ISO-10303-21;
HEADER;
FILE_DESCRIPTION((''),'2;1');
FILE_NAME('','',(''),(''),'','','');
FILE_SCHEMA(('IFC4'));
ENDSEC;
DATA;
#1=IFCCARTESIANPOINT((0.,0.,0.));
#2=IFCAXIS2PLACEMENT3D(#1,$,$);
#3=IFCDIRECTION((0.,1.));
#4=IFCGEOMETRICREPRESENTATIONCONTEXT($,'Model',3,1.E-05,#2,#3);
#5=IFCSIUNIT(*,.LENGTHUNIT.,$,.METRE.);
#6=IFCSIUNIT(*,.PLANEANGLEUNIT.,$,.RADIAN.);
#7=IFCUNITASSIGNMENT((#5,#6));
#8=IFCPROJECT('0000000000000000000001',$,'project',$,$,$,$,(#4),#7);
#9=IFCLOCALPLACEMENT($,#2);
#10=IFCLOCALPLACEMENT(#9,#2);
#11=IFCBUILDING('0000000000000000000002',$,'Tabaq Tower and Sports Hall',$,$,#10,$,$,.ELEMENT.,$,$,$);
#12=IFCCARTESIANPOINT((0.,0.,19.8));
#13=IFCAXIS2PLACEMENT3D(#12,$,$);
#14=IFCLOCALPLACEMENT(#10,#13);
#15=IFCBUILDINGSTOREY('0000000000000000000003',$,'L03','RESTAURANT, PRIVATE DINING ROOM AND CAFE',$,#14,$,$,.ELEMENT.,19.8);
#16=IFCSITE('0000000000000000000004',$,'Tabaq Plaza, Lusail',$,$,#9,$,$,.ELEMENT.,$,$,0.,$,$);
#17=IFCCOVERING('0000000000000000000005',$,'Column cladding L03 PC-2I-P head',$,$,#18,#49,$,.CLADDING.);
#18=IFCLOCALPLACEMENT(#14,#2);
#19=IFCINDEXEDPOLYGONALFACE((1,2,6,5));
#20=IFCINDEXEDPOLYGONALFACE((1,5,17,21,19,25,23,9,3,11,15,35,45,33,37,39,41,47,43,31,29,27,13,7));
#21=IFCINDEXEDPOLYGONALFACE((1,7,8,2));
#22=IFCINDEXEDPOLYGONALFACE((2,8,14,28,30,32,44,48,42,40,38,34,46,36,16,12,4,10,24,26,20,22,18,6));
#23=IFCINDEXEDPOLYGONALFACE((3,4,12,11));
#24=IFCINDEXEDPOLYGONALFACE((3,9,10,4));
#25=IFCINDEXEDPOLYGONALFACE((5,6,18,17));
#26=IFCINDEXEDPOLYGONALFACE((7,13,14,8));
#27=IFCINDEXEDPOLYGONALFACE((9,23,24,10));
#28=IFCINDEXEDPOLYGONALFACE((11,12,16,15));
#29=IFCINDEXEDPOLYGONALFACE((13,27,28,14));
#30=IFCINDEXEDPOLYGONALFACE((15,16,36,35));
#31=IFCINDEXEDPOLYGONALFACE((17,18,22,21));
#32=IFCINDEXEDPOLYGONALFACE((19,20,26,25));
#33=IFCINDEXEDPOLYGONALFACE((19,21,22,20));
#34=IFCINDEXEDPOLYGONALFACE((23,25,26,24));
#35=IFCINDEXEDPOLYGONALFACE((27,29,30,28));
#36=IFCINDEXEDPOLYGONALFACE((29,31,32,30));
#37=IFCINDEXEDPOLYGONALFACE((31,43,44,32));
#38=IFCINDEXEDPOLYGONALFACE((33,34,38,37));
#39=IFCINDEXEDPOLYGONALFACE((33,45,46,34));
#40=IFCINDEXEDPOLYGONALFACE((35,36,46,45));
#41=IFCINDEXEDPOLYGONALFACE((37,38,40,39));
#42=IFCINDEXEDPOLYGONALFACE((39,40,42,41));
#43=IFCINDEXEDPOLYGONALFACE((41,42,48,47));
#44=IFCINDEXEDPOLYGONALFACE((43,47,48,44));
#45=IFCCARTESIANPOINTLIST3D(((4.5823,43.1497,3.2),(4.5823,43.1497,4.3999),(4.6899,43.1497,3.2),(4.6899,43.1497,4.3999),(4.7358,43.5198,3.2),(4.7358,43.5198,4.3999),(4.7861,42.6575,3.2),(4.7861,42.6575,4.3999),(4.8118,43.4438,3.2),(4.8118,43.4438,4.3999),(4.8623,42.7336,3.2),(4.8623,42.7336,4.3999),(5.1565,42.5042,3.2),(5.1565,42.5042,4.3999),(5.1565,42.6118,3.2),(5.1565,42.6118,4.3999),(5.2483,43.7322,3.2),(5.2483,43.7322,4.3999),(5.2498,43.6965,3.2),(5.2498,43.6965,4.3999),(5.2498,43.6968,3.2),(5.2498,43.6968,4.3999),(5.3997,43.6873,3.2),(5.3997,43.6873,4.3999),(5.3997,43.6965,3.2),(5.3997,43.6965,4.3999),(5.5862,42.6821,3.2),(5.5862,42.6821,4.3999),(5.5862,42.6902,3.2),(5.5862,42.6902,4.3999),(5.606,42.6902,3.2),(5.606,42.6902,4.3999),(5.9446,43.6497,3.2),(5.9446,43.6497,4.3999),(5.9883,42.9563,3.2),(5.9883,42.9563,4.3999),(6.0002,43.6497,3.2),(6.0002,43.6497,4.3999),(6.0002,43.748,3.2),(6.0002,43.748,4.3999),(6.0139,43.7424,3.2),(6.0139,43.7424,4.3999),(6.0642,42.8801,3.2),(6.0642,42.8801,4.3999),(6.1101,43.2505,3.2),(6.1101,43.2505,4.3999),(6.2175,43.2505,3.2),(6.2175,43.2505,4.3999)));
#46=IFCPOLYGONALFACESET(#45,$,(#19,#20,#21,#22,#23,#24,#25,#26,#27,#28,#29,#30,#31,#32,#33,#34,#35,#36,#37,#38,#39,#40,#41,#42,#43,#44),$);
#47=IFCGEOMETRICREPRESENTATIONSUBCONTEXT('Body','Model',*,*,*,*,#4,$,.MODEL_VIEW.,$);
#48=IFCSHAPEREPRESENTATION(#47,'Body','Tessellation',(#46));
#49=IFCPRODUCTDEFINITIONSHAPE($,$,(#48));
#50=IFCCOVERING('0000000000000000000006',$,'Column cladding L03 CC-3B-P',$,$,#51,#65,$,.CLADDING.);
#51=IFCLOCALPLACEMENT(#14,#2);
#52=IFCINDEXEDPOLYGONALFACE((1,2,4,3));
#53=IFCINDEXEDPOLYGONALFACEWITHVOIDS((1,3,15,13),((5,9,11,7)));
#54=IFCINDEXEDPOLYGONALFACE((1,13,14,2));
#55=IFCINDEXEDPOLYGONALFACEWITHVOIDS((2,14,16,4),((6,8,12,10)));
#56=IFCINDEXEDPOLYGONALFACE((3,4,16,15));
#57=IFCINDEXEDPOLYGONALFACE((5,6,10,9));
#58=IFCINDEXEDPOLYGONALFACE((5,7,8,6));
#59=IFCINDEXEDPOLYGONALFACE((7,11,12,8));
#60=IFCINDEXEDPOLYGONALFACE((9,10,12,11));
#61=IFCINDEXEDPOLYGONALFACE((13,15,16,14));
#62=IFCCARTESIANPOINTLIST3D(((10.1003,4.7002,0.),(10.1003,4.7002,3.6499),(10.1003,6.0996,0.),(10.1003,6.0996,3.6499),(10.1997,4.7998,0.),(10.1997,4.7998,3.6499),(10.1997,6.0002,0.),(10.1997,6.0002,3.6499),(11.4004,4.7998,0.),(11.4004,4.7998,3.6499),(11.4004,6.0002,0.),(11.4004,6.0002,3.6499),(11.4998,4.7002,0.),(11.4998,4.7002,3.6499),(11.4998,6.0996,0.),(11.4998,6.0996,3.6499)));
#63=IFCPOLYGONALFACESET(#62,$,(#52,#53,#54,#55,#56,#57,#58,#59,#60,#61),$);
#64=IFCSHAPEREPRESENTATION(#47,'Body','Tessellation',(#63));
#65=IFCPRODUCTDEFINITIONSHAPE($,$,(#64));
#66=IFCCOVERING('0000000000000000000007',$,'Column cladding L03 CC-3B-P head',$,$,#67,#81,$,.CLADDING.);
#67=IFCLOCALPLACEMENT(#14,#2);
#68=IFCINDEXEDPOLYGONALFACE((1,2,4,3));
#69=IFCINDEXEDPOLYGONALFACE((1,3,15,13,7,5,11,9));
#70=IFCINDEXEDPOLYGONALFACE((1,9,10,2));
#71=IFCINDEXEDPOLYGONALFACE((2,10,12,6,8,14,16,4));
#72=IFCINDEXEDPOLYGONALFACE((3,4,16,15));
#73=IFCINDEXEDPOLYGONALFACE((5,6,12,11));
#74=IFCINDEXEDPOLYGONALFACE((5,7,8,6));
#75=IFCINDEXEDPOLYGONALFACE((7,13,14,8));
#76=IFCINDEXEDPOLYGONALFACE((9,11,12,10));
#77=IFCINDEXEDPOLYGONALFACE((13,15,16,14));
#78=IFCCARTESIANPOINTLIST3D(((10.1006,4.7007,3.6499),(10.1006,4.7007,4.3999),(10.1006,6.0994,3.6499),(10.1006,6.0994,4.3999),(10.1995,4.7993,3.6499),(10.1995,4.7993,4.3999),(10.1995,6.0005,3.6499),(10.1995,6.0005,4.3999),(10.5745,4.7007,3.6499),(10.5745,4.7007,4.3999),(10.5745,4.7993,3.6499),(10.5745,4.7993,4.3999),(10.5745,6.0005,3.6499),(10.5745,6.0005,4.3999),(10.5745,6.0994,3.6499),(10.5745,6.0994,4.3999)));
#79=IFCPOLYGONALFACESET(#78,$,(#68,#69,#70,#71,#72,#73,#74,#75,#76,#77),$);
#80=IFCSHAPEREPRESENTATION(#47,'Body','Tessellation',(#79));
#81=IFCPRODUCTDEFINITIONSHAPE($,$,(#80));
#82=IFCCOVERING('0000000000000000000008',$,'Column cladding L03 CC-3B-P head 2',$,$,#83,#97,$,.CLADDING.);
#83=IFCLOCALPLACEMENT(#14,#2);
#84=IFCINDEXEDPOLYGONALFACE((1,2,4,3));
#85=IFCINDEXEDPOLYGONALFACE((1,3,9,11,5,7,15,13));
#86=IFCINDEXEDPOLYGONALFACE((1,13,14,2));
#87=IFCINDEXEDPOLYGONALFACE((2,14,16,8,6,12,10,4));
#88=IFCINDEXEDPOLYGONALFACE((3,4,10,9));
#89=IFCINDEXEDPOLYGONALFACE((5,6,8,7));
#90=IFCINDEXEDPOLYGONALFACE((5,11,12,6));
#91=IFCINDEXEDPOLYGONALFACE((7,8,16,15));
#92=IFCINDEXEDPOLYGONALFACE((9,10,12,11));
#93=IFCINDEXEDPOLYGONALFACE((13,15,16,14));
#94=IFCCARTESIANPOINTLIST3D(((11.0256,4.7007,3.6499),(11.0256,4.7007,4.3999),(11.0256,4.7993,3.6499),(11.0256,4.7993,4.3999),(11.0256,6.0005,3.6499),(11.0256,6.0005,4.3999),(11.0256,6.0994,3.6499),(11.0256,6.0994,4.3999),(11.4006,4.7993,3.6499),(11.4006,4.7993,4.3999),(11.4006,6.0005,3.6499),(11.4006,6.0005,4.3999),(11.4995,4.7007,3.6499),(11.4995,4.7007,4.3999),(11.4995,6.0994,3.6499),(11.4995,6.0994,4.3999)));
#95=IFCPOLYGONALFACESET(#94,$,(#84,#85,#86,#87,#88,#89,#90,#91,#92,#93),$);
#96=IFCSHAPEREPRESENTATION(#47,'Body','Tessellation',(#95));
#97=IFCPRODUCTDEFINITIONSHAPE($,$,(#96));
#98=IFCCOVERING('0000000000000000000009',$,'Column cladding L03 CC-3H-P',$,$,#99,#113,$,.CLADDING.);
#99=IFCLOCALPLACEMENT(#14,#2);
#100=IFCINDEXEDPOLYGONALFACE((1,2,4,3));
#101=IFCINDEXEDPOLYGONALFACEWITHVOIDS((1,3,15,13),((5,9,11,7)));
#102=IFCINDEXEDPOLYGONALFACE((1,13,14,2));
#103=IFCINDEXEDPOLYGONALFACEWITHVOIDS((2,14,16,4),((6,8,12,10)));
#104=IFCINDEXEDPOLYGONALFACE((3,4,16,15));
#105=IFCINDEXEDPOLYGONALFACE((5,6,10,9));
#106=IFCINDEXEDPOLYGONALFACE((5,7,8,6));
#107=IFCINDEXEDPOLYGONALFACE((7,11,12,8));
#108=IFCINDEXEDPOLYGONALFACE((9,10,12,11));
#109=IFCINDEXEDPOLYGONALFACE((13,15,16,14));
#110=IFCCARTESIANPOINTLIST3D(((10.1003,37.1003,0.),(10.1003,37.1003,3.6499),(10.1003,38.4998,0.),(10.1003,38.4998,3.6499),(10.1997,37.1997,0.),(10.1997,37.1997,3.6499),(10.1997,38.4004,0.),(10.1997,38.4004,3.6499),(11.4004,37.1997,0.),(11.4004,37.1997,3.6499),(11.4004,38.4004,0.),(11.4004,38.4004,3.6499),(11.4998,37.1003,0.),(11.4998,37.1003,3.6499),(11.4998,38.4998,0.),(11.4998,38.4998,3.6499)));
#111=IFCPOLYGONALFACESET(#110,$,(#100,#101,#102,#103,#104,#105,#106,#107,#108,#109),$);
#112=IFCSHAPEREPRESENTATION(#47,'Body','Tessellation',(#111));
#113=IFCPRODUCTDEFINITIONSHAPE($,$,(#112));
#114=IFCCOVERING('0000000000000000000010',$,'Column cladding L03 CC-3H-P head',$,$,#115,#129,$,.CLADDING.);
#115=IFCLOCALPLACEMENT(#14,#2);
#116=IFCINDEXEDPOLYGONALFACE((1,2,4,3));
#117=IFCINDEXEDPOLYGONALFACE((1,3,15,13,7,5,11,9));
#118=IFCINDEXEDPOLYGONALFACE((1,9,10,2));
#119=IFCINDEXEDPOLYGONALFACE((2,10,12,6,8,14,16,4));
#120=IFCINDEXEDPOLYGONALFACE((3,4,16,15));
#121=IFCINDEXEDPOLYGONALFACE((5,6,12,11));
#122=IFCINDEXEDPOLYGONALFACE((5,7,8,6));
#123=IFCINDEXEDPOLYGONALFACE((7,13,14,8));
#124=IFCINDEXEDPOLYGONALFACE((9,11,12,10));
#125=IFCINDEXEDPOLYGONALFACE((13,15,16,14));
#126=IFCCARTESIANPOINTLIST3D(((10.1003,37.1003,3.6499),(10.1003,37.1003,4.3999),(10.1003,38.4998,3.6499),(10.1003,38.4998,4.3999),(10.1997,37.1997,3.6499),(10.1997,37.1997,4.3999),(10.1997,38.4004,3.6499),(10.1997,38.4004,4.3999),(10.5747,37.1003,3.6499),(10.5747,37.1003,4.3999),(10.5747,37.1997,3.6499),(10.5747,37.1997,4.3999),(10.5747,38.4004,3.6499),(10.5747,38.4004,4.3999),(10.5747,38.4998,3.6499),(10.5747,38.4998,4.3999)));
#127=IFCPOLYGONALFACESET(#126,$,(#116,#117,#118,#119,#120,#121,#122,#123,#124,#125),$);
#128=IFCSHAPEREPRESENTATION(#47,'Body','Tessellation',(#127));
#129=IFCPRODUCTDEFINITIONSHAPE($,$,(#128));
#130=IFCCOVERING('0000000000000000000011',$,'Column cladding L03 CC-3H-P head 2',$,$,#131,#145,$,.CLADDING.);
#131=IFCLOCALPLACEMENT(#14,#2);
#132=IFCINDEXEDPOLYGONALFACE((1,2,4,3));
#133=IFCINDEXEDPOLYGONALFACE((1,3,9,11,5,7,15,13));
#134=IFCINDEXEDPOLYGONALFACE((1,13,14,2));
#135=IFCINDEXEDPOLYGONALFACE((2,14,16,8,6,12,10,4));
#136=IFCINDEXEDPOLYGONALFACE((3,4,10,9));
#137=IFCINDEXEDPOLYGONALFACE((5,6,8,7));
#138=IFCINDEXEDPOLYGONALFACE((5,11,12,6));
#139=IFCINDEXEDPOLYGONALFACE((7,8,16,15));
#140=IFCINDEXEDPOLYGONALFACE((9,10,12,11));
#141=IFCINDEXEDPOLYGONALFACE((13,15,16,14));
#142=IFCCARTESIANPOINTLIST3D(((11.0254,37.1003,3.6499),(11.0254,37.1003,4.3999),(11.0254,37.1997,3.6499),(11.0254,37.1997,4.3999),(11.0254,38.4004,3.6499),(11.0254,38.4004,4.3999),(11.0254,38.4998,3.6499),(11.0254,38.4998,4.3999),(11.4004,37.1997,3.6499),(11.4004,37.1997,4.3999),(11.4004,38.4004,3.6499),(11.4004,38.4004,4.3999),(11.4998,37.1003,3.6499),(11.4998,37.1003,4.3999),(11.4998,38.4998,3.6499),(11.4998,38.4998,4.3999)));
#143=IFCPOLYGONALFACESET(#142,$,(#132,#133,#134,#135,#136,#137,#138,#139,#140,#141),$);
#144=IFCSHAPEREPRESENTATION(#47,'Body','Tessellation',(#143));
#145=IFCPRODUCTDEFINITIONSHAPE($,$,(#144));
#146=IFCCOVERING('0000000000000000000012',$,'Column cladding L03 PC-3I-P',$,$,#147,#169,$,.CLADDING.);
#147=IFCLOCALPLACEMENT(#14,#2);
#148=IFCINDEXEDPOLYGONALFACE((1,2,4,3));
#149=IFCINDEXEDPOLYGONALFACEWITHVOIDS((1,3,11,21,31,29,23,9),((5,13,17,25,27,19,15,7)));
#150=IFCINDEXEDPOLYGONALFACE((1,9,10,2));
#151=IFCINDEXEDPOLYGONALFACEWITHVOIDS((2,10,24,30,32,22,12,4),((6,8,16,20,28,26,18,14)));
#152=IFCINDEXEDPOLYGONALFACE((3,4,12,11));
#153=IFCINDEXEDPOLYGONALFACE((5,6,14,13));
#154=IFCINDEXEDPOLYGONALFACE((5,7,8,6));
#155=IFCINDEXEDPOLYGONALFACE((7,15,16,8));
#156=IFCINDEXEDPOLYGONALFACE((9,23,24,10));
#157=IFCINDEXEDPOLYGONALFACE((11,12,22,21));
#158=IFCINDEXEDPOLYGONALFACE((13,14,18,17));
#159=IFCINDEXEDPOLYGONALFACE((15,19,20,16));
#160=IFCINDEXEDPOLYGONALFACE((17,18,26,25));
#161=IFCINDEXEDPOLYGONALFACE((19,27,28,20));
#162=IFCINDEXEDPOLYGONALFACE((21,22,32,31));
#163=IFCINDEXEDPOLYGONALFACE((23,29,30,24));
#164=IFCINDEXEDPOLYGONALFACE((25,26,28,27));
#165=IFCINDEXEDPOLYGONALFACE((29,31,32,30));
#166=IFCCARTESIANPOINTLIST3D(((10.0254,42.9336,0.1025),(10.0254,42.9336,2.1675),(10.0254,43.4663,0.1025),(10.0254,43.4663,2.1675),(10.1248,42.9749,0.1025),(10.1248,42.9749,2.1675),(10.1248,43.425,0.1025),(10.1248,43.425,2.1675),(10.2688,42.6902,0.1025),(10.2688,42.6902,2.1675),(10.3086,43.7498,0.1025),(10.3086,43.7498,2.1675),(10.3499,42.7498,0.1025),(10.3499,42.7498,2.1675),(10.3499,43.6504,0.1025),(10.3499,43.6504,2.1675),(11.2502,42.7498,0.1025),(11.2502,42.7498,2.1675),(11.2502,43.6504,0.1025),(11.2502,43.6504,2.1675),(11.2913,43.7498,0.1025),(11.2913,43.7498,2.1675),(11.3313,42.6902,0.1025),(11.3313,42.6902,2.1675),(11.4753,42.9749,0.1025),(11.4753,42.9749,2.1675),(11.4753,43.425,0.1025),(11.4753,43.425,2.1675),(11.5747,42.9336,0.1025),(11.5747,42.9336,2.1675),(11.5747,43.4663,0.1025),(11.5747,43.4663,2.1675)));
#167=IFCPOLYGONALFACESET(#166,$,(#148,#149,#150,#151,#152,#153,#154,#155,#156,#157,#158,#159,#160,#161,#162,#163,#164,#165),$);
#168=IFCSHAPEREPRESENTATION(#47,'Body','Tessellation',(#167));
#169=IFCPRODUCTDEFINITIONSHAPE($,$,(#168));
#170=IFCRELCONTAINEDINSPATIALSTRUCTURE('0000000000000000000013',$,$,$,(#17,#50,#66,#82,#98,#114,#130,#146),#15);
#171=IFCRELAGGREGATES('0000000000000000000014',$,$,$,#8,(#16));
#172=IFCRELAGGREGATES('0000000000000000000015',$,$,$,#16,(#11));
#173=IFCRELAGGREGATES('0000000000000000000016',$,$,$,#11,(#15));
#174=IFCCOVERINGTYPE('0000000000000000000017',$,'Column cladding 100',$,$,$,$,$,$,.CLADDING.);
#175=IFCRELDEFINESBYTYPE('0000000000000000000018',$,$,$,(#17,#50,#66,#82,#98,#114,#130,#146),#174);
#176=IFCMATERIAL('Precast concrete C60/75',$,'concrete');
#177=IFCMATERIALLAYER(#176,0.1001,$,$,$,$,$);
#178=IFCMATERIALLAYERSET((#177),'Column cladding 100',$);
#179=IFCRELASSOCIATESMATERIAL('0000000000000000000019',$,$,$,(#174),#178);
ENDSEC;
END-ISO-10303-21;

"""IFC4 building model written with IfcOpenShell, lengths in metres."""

from ifc_helpers import new_model, si_unit, direction, frame, origin, place, context, subcontext, project, spatial, polyline, outline, extrude, material, layer, layer_set, type_object, element, save


model = new_model("IFC4")

# Units and contexts
model_context = context("Model", 3, precision=1e-05, world=origin(), true_north=direction((0.0, 1.0)))
body_context = subcontext(model_context, "Body", "Model", "MODEL_VIEW")
ifc_project = project(units=[si_unit("LENGTHUNIT", "METRE"), si_unit("PLANEANGLEUNIT", "RADIAN")], contexts=[model_context])

# Site, building, storey
site_placement = place(None, origin())
site = spatial("IfcSite", under=ifc_project, at=site_placement, Name="Tabaq Plaza, Lusail", CompositionType="ELEMENT", RefElevation=0.0)
building_placement = place(site_placement, origin())
building = spatial("IfcBuilding", under=site, at=building_placement, Name="Tabaq Tower and Sports Hall", CompositionType="ELEMENT")
storey_placement = place(building_placement, frame((0.0, 0.0, 19.8)))
storey = spatial("IfcBuildingStorey", under=building, at=storey_placement, Name="L03", Description="RESTAURANT, PRIVATE DINING ROOM AND CAFE", CompositionType="ELEMENT", Elevation=19.8)

# Coverings
ifc_material = material(Name="Precast concrete C60/75", Category="concrete")
ifc_layer = layer(ifc_material, 0.1001)
ifc_layer_set = layer_set([ifc_layer], Name="Column cladding 100")
covering_type = type_object("IfcCoveringType", Name="Column cladding 100", PredefinedType="CLADDING", material=ifc_layer_set)
covering_1_placement = place(storey_placement, frame((0.0, 0.0, 3.2)))
element("IfcCovering", 1, at=covering_1_placement, inside=storey, type_object=covering_type, Name="Column cladding L03 PC-2I-P head", PredefinedType="CLADDING", context=body_context, shape_type="SweptSolid", body=[
    extrude(outline(polyline([(4.7358, 43.5198), (5.2483, 43.7322), (5.2498, 43.6968), (5.2498, 43.6965), (5.3997, 43.6965), (5.3997, 43.6873), (4.8118, 43.4438), (4.6899, 43.1497), (4.8623, 42.7336), (5.1565, 42.6118), (5.9883, 42.9563), (6.1101, 43.2505), (5.9446, 43.6497), (6.0002, 43.6497), (6.0002, 43.748), (6.0139, 43.7424), (6.2175, 43.2505), (6.0642, 42.8801), (5.606, 42.6902), (5.5862, 42.6902), (5.5862, 42.6821), (5.1565, 42.5042), (4.7861, 42.6575), (4.5823, 43.1497), (4.7358, 43.5198)])), origin(), (0.0, 0.0, 1.0), 1.2),
])
covering_2_placement = place(storey_placement, origin())
element("IfcCovering", 2, at=covering_2_placement, inside=storey, type_object=covering_type, Name="Column cladding L03 CC-3B-P", PredefinedType="CLADDING", context=body_context, shape_type="SweptSolid", body=[
    extrude(outline(polyline([(10.1003, 6.0996), (11.4998, 6.0996), (11.4998, 4.7002), (10.1003, 4.7002), (10.1003, 6.0996)]), holes=[polyline([(11.4004, 4.7998), (11.4004, 6.0002), (10.1997, 6.0002), (10.1997, 4.7998), (11.4004, 4.7998)])]), origin(), (0.0, 0.0, 1.0), 3.6499),
])
covering_3_placement = place(storey_placement, frame((0.0, 0.0, 3.6499)))
element("IfcCovering", 3, at=covering_3_placement, inside=storey, type_object=covering_type, Name="Column cladding L03 CC-3B-P head", PredefinedType="CLADDING", context=body_context, shape_type="SweptSolid", body=[
    extrude(outline(polyline([(10.5745, 4.7993), (10.5745, 4.7007), (10.1006, 4.7007), (10.1006, 6.0994), (10.5745, 6.0994), (10.5745, 6.0005), (10.1995, 6.0005), (10.1995, 4.7993), (10.5745, 4.7993)])), origin(), (0.0, 0.0, 1.0), 0.75),
])
covering_4_placement = place(storey_placement, frame((0.0, 0.0, 3.6499)))
element("IfcCovering", 4, at=covering_4_placement, inside=storey, type_object=covering_type, Name="Column cladding L03 CC-3B-P head 2", PredefinedType="CLADDING", context=body_context, shape_type="SweptSolid", body=[
    extrude(outline(polyline([(11.0256, 4.7993), (11.4006, 4.7993), (11.4006, 6.0005), (11.0256, 6.0005), (11.0256, 6.0994), (11.4995, 6.0994), (11.4995, 4.7007), (11.0256, 4.7007), (11.0256, 4.7993)])), origin(), (0.0, 0.0, 1.0), 0.75),
])
covering_5_placement = place(storey_placement, origin())
element("IfcCovering", 5, at=covering_5_placement, inside=storey, type_object=covering_type, Name="Column cladding L03 CC-3H-P", PredefinedType="CLADDING", context=body_context, shape_type="SweptSolid", body=[
    extrude(outline(polyline([(10.1003, 38.4998), (11.4998, 38.4998), (11.4998, 37.1003), (10.1003, 37.1003), (10.1003, 38.4998)]), holes=[polyline([(11.4004, 37.1997), (11.4004, 38.4004), (10.1997, 38.4004), (10.1997, 37.1997), (11.4004, 37.1997)])]), origin(), (0.0, 0.0, 1.0), 3.6499),
])
covering_6_placement = place(storey_placement, frame((0.0, 0.0, 3.6499)))
element("IfcCovering", 6, at=covering_6_placement, inside=storey, type_object=covering_type, Name="Column cladding L03 CC-3H-P head", PredefinedType="CLADDING", context=body_context, shape_type="SweptSolid", body=[
    extrude(outline(polyline([(10.5747, 38.4998), (10.5747, 38.4004), (10.1997, 38.4004), (10.1997, 37.1997), (10.5747, 37.1997), (10.5747, 37.1003), (10.1003, 37.1003), (10.1003, 38.4998), (10.5747, 38.4998)])), origin(), (0.0, 0.0, 1.0), 0.75),
])
covering_7_placement = place(storey_placement, frame((0.0, 0.0, 3.6499)))
element("IfcCovering", 7, at=covering_7_placement, inside=storey, type_object=covering_type, Name="Column cladding L03 CC-3H-P head 2", PredefinedType="CLADDING", context=body_context, shape_type="SweptSolid", body=[
    extrude(outline(polyline([(11.4998, 38.4998), (11.4998, 37.1003), (11.0254, 37.1003), (11.0254, 37.1997), (11.4004, 37.1997), (11.4004, 38.4004), (11.0254, 38.4004), (11.0254, 38.4998), (11.4998, 38.4998)])), origin(), (0.0, 0.0, 1.0), 0.75),
])
covering_8_placement = place(storey_placement, frame((0.0, 0.0, 0.1025)))
element("IfcCovering", 8, at=covering_8_placement, inside=storey, type_object=covering_type, Name="Column cladding L03 PC-3I-P", PredefinedType="CLADDING", context=body_context, shape_type="SweptSolid", body=[
    extrude(outline(polyline([(10.0254, 43.4663), (10.3086, 43.7498), (11.2913, 43.7498), (11.5747, 43.4663), (11.5747, 42.9336), (11.3313, 42.6902), (10.2688, 42.6902), (10.0254, 42.9336), (10.0254, 43.4663)]), holes=[polyline([(11.4753, 42.9749), (11.4753, 43.425), (11.2502, 43.6504), (10.3499, 43.6504), (10.1248, 43.425), (10.1248, 42.9749), (10.3499, 42.7498), (11.2502, 42.7498), (11.4753, 42.9749)])]), origin(), (0.0, 0.0, 1.0), 2.0649),
])

save(model, "model.ifc")
